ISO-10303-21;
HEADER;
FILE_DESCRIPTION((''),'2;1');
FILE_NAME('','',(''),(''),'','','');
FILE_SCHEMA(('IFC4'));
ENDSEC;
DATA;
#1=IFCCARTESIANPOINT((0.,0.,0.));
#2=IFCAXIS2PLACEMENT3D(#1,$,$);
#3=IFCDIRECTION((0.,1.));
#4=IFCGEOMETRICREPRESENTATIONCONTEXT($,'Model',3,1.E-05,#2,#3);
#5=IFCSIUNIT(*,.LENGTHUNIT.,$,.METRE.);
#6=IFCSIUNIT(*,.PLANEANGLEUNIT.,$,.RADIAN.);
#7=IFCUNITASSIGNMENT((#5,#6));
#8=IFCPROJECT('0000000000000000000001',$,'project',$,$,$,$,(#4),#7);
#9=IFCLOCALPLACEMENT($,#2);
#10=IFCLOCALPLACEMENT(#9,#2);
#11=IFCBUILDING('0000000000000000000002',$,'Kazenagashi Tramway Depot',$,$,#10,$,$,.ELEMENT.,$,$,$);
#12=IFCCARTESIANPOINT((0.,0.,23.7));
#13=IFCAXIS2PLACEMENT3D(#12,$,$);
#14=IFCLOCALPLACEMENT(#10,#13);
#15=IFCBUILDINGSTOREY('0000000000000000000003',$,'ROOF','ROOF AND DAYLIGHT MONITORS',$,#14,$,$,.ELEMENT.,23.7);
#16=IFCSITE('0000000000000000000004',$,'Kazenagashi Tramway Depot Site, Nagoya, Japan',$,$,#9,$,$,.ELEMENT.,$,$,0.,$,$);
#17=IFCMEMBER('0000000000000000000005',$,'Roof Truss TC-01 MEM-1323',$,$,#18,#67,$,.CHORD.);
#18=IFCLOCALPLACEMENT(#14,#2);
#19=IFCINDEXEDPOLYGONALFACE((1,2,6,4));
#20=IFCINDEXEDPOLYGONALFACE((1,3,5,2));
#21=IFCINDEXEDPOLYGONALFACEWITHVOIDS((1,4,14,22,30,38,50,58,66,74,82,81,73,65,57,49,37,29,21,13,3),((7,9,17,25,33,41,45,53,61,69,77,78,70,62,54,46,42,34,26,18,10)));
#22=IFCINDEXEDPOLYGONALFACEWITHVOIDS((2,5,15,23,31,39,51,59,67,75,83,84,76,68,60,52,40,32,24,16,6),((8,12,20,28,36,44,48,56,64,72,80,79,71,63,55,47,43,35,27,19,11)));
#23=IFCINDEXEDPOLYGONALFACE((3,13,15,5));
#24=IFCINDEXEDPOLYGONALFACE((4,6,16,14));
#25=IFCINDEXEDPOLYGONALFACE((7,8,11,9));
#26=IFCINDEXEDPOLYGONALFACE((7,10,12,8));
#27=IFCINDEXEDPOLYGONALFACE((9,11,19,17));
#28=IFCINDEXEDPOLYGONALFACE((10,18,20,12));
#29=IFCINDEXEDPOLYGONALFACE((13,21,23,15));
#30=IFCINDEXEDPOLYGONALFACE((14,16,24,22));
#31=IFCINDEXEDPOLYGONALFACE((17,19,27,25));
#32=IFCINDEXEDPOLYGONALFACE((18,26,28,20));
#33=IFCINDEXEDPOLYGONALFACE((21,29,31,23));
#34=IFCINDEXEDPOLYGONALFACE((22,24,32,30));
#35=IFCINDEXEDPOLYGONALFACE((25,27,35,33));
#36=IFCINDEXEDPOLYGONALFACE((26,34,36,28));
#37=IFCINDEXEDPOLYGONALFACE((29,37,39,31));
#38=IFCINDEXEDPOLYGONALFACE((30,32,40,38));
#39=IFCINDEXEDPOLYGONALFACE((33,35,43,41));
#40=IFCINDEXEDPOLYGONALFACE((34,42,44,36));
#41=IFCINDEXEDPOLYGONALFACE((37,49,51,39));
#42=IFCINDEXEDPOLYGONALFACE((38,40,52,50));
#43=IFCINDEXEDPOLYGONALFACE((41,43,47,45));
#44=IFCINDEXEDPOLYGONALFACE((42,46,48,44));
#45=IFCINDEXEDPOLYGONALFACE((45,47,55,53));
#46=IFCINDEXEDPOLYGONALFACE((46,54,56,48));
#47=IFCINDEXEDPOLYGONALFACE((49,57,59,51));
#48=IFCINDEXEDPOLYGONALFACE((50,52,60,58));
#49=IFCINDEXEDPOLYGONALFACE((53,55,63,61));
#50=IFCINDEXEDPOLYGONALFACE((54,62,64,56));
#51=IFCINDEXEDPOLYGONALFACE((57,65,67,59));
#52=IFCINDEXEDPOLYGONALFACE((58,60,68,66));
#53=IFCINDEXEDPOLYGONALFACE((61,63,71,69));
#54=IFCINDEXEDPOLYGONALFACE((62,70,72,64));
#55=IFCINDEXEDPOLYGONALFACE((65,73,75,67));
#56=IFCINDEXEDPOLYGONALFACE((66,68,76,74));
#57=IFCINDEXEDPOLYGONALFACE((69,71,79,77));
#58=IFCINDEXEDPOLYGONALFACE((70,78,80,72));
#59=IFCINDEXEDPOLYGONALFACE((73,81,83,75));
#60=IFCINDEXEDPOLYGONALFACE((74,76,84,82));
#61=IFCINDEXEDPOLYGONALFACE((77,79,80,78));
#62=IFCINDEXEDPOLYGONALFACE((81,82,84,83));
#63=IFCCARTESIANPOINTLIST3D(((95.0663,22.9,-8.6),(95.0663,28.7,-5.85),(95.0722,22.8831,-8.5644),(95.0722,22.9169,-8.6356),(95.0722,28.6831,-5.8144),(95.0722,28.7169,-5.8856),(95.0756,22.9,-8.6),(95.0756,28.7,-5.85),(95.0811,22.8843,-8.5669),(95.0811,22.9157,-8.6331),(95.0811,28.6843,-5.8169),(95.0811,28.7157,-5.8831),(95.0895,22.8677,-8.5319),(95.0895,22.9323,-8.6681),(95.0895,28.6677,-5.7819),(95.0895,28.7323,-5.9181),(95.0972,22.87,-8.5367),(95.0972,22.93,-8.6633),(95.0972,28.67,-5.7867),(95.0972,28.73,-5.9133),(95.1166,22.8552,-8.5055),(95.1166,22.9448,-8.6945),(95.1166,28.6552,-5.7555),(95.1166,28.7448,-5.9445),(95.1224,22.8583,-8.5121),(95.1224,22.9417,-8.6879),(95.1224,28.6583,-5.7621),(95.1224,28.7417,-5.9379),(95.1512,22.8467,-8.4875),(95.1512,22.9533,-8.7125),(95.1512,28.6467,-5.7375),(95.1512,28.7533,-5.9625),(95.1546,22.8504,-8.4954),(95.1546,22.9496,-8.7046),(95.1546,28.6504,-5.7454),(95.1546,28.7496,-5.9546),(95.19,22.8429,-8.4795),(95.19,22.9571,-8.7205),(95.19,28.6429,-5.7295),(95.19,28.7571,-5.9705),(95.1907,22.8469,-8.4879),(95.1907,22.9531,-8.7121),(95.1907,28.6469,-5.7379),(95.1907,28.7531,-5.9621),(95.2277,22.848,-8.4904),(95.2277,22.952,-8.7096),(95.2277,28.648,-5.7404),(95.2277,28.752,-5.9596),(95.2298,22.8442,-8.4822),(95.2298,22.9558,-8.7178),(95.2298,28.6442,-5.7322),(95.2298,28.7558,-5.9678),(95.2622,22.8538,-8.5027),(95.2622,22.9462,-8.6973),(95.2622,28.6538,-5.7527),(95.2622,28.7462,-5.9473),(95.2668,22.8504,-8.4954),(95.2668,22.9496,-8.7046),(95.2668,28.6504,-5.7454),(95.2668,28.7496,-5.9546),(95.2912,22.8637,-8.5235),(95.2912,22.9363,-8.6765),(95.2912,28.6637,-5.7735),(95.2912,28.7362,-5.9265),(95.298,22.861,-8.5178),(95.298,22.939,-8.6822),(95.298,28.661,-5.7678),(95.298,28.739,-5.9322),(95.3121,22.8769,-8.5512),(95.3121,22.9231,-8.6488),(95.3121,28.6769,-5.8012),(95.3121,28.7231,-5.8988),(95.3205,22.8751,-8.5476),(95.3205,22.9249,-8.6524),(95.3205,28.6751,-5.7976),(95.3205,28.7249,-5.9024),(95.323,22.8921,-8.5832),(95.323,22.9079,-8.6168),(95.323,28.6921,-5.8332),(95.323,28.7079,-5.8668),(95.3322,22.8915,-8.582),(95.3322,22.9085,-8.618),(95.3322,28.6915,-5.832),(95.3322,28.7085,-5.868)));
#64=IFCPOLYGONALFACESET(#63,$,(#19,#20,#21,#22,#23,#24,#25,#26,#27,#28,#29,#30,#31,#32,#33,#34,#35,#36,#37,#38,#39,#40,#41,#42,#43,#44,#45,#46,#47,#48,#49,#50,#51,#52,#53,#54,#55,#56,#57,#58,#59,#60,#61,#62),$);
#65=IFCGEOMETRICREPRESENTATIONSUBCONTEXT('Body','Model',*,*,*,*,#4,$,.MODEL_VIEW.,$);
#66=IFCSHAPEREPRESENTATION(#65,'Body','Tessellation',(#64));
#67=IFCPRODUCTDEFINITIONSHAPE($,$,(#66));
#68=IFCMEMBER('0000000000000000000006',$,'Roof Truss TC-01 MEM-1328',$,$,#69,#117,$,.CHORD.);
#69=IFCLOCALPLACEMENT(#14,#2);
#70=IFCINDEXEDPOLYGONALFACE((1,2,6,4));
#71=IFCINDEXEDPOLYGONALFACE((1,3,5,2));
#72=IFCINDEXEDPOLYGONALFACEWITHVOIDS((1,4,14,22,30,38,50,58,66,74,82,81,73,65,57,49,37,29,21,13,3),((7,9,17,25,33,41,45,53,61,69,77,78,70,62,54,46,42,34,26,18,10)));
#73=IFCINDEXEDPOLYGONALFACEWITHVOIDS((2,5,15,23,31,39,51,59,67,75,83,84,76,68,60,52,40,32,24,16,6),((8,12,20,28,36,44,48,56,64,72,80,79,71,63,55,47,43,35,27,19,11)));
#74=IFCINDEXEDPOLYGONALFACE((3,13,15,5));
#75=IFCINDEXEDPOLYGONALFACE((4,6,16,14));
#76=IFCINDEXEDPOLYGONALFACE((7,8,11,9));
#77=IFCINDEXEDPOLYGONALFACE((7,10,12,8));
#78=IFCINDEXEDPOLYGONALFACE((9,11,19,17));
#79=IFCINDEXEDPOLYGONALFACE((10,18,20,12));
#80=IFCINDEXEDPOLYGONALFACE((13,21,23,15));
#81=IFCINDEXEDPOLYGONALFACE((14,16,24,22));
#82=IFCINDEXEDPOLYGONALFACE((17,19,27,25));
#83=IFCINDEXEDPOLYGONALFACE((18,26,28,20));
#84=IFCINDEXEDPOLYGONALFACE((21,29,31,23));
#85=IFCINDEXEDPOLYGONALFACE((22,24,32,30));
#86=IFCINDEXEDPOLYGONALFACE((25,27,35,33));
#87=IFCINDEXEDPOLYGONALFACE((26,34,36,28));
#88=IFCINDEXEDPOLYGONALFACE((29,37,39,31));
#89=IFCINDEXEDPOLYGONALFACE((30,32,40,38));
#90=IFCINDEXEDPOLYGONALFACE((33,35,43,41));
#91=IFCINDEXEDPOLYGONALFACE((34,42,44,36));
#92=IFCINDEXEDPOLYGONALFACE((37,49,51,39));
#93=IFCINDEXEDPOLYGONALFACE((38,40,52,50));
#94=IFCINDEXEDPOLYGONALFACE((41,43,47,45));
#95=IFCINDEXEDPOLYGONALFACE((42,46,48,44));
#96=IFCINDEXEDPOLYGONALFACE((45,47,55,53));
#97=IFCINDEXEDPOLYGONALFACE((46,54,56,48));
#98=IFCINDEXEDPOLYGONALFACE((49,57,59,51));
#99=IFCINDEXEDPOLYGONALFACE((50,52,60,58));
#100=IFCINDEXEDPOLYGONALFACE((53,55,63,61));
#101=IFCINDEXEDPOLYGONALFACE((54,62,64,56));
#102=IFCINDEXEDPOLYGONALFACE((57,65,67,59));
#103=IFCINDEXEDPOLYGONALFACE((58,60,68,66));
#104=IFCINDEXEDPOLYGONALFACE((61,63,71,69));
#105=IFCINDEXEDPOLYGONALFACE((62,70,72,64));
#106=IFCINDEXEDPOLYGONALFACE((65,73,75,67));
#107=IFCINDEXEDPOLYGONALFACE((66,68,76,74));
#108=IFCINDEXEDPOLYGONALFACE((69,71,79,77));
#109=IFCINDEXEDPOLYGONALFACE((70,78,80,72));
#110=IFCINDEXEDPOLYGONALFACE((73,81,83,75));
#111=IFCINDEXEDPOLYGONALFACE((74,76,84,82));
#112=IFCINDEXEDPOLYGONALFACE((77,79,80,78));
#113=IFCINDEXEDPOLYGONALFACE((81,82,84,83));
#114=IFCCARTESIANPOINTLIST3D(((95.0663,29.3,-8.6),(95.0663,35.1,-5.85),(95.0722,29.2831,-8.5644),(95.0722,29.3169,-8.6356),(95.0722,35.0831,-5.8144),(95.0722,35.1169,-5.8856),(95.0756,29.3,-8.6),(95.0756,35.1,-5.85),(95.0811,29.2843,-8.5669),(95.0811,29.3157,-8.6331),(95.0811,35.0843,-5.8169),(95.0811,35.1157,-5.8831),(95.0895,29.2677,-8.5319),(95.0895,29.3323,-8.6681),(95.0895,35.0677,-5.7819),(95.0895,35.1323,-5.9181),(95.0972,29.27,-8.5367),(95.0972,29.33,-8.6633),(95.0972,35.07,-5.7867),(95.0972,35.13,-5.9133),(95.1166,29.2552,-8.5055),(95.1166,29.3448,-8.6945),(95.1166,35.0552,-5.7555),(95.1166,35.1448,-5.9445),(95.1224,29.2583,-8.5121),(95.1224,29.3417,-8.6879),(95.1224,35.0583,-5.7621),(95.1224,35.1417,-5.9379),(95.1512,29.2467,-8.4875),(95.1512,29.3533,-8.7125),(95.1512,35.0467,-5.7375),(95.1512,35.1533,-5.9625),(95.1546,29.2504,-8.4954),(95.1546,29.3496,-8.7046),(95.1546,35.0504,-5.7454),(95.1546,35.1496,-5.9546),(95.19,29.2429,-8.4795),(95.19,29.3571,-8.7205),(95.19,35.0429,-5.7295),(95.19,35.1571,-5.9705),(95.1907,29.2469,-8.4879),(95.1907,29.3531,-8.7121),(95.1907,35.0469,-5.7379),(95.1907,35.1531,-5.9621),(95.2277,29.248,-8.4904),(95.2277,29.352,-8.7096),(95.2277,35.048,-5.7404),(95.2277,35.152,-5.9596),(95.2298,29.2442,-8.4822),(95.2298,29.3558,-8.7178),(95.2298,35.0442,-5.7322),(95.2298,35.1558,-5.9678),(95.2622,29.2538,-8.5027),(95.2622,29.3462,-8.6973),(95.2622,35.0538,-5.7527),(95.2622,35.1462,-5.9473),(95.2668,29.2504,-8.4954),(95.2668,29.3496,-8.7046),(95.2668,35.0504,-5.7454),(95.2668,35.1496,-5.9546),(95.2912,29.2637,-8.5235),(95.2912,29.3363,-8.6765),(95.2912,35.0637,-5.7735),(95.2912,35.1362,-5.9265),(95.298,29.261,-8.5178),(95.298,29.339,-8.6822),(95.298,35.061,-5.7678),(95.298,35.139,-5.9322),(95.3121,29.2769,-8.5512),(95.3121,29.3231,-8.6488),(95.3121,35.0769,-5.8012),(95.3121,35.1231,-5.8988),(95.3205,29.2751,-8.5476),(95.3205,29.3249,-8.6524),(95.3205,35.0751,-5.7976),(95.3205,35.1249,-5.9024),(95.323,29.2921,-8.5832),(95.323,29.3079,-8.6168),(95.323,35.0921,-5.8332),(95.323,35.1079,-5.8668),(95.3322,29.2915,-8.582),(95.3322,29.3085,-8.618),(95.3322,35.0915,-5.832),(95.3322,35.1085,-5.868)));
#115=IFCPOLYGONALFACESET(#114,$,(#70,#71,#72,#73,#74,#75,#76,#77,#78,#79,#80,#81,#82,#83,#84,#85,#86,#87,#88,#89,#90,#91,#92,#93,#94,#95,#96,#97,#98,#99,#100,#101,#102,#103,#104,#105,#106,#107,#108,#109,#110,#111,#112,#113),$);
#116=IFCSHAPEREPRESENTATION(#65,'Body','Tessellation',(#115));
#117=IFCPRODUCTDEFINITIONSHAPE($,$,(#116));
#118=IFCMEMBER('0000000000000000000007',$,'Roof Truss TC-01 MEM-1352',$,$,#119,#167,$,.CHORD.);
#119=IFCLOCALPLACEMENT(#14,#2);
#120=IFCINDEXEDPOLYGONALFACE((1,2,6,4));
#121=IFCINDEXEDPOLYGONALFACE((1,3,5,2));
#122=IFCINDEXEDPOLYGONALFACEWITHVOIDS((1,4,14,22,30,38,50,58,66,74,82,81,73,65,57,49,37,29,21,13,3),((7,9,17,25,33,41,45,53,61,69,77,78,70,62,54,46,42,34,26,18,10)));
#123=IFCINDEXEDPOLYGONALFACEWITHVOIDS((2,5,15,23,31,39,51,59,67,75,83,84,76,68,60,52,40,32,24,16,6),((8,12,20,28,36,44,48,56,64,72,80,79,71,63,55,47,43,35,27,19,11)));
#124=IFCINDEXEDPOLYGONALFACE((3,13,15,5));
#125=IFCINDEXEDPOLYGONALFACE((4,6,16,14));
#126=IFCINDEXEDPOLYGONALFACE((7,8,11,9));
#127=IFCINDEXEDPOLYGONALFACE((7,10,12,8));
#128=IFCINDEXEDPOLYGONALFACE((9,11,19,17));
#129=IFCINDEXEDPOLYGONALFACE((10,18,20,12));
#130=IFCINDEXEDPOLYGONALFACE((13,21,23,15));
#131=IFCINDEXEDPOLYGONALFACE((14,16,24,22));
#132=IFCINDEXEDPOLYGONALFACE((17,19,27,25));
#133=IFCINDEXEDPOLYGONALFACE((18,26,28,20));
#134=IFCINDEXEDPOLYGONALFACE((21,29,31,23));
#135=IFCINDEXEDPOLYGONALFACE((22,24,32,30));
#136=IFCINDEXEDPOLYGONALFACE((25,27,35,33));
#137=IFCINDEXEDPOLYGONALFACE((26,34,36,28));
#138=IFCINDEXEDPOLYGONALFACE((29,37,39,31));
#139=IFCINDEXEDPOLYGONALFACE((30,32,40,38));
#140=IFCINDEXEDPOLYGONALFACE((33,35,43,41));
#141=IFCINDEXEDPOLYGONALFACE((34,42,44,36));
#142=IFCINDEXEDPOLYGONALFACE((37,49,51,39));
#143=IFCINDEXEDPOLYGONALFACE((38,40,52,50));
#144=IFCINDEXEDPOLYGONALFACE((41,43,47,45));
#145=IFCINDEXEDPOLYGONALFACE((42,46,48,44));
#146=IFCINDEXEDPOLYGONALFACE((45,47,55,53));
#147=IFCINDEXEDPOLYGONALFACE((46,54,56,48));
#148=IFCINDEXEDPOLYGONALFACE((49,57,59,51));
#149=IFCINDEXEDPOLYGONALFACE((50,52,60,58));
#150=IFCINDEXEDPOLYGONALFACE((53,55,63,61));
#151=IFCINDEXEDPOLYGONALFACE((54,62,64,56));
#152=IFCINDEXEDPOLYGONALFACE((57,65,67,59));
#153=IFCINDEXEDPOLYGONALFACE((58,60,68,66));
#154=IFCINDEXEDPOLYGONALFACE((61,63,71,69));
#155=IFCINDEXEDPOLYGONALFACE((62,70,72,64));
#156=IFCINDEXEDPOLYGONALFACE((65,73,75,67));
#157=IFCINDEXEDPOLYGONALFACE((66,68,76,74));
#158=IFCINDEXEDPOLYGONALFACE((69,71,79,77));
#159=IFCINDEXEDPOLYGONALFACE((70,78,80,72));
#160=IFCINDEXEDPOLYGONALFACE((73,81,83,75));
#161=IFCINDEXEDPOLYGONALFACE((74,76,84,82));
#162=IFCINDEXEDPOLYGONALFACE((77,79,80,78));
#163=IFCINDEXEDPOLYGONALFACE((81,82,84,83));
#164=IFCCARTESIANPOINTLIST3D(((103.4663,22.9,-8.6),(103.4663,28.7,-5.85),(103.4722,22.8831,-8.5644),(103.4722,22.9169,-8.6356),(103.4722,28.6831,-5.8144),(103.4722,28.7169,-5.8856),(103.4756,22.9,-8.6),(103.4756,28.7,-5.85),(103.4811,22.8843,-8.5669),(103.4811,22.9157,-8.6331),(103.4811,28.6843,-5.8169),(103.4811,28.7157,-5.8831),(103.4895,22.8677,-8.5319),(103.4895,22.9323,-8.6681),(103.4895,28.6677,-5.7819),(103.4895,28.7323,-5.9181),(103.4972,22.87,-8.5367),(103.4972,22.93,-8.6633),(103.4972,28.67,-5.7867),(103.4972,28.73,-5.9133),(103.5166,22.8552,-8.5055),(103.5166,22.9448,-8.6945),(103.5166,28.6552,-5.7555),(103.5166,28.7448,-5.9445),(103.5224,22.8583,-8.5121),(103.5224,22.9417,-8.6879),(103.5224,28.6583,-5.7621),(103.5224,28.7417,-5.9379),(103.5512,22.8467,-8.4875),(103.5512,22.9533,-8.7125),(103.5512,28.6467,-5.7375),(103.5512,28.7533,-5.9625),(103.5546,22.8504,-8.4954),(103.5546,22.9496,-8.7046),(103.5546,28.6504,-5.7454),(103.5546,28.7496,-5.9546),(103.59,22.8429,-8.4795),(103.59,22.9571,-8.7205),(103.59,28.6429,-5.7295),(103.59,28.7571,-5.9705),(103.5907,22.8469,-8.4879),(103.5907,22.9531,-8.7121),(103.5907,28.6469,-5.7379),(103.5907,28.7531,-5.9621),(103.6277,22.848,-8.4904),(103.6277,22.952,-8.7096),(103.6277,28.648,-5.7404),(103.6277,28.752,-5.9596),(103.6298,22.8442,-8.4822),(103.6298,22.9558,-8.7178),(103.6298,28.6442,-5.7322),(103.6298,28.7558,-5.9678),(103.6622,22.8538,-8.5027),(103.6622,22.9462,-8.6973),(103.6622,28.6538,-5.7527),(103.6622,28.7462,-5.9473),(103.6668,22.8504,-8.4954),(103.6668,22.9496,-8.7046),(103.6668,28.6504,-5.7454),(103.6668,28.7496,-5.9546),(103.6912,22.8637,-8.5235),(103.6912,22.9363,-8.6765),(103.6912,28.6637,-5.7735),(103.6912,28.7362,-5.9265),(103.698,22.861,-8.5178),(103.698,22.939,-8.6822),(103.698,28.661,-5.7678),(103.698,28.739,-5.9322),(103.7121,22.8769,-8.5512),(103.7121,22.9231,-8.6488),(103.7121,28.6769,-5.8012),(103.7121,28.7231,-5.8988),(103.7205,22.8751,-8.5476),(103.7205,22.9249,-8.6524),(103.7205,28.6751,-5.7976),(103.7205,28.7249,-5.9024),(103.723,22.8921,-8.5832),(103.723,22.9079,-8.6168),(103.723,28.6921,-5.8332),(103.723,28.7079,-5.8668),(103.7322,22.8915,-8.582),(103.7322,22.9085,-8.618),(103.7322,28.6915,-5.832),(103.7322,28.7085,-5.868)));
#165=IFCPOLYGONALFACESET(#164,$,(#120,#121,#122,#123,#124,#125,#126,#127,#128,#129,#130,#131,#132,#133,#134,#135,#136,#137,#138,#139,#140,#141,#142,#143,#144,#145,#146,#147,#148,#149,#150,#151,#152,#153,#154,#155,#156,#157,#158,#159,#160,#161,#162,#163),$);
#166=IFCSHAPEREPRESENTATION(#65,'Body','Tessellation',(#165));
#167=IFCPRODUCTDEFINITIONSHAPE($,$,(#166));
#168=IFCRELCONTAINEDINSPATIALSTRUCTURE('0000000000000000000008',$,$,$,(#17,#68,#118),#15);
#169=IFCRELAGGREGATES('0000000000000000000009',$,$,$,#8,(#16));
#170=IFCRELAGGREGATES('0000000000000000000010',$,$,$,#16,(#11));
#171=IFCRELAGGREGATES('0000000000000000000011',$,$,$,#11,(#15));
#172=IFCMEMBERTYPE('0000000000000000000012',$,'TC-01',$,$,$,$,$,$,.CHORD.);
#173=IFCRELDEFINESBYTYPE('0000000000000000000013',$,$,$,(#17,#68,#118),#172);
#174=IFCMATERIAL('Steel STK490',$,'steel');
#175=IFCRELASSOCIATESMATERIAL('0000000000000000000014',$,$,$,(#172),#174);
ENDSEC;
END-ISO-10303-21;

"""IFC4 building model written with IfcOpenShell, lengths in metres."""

from ifc_helpers import new_model, si_unit, direction, frame, origin, origin_2d, place, context, subcontext, project, spatial, hollow_circle, extrude, material, material_profile, profile_set, type_object, element, save


model = new_model("IFC4")

# Units and contexts
model_context = context("Model", 3, precision=1e-05, world=origin(), true_north=direction((0.0, 1.0)))
body_context = subcontext(model_context, "Body", "Model", "MODEL_VIEW")
ifc_project = project(units=[si_unit("LENGTHUNIT", "METRE"), si_unit("PLANEANGLEUNIT", "RADIAN")], contexts=[model_context])

# Site, building, storey
site_placement = place(None, origin())
site = spatial("IfcSite", under=ifc_project, at=site_placement, Name="Kazenagashi Tramway Depot Site, Nagoya, Japan", CompositionType="ELEMENT", RefElevation=0.0)
building_placement = place(site_placement, origin())
building = spatial("IfcBuilding", under=site, at=building_placement, Name="Kazenagashi Tramway Depot", CompositionType="ELEMENT")
storey_placement = place(building_placement, frame((0.0, 0.0, 23.7)))
storey = spatial("IfcBuildingStorey", under=building, at=storey_placement, Name="ROOF", Description="ROOF AND DAYLIGHT MONITORS", CompositionType="ELEMENT", Elevation=23.7)

# Members
ifc_material_1 = material(Name="Steel STK490", Category="steel")
ifc_material_profile_1 = material_profile(ifc_material_1, hollow_circle(Radius=0.1337, WallThickness=0.0093, at=origin_2d()), Name="CHS-267.4x9.3")
ifc_profile_set_1 = profile_set([ifc_material_profile_1], Name="Steel STK490")
member_type_1 = type_object("IfcMemberType", Name="TC-01", PredefinedType="CHORD", material=ifc_profile_set_1)
for number, where, z_axis, x_axis, name in (
    (1, (95.2, 22.9, -8.6), (0.0, 0.903579, 0.428421), (-1.0, 0.0, 0.0), "Roof Truss TC-01 MEM-1323"),
    (2, (95.2, 29.3, -8.6), (0.0, 0.903579, 0.428421), (-1.0, 0.0, 0.0), "Roof Truss TC-01 MEM-1328"),
    (3, (103.6, 22.9, -8.6), (0.0, 0.903579, 0.428421), (-1.0, 0.0, 0.0), "Roof Truss TC-01 MEM-1352"),
):
    element("IfcMember", number, at=place(storey_placement, frame(where, z_axis=z_axis, x_axis=x_axis)), inside=storey, type_object=member_type_1, Name=name, PredefinedType="CHORD", context=body_context, shape_type="SweptSolid", body=[
        extrude(hollow_circle(Radius=0.1337, WallThickness=0.0093, at=origin_2d()), origin(), (0.0, 0.0, 1.0), 6.4189),
    ])

save(model, "model.ifc")
